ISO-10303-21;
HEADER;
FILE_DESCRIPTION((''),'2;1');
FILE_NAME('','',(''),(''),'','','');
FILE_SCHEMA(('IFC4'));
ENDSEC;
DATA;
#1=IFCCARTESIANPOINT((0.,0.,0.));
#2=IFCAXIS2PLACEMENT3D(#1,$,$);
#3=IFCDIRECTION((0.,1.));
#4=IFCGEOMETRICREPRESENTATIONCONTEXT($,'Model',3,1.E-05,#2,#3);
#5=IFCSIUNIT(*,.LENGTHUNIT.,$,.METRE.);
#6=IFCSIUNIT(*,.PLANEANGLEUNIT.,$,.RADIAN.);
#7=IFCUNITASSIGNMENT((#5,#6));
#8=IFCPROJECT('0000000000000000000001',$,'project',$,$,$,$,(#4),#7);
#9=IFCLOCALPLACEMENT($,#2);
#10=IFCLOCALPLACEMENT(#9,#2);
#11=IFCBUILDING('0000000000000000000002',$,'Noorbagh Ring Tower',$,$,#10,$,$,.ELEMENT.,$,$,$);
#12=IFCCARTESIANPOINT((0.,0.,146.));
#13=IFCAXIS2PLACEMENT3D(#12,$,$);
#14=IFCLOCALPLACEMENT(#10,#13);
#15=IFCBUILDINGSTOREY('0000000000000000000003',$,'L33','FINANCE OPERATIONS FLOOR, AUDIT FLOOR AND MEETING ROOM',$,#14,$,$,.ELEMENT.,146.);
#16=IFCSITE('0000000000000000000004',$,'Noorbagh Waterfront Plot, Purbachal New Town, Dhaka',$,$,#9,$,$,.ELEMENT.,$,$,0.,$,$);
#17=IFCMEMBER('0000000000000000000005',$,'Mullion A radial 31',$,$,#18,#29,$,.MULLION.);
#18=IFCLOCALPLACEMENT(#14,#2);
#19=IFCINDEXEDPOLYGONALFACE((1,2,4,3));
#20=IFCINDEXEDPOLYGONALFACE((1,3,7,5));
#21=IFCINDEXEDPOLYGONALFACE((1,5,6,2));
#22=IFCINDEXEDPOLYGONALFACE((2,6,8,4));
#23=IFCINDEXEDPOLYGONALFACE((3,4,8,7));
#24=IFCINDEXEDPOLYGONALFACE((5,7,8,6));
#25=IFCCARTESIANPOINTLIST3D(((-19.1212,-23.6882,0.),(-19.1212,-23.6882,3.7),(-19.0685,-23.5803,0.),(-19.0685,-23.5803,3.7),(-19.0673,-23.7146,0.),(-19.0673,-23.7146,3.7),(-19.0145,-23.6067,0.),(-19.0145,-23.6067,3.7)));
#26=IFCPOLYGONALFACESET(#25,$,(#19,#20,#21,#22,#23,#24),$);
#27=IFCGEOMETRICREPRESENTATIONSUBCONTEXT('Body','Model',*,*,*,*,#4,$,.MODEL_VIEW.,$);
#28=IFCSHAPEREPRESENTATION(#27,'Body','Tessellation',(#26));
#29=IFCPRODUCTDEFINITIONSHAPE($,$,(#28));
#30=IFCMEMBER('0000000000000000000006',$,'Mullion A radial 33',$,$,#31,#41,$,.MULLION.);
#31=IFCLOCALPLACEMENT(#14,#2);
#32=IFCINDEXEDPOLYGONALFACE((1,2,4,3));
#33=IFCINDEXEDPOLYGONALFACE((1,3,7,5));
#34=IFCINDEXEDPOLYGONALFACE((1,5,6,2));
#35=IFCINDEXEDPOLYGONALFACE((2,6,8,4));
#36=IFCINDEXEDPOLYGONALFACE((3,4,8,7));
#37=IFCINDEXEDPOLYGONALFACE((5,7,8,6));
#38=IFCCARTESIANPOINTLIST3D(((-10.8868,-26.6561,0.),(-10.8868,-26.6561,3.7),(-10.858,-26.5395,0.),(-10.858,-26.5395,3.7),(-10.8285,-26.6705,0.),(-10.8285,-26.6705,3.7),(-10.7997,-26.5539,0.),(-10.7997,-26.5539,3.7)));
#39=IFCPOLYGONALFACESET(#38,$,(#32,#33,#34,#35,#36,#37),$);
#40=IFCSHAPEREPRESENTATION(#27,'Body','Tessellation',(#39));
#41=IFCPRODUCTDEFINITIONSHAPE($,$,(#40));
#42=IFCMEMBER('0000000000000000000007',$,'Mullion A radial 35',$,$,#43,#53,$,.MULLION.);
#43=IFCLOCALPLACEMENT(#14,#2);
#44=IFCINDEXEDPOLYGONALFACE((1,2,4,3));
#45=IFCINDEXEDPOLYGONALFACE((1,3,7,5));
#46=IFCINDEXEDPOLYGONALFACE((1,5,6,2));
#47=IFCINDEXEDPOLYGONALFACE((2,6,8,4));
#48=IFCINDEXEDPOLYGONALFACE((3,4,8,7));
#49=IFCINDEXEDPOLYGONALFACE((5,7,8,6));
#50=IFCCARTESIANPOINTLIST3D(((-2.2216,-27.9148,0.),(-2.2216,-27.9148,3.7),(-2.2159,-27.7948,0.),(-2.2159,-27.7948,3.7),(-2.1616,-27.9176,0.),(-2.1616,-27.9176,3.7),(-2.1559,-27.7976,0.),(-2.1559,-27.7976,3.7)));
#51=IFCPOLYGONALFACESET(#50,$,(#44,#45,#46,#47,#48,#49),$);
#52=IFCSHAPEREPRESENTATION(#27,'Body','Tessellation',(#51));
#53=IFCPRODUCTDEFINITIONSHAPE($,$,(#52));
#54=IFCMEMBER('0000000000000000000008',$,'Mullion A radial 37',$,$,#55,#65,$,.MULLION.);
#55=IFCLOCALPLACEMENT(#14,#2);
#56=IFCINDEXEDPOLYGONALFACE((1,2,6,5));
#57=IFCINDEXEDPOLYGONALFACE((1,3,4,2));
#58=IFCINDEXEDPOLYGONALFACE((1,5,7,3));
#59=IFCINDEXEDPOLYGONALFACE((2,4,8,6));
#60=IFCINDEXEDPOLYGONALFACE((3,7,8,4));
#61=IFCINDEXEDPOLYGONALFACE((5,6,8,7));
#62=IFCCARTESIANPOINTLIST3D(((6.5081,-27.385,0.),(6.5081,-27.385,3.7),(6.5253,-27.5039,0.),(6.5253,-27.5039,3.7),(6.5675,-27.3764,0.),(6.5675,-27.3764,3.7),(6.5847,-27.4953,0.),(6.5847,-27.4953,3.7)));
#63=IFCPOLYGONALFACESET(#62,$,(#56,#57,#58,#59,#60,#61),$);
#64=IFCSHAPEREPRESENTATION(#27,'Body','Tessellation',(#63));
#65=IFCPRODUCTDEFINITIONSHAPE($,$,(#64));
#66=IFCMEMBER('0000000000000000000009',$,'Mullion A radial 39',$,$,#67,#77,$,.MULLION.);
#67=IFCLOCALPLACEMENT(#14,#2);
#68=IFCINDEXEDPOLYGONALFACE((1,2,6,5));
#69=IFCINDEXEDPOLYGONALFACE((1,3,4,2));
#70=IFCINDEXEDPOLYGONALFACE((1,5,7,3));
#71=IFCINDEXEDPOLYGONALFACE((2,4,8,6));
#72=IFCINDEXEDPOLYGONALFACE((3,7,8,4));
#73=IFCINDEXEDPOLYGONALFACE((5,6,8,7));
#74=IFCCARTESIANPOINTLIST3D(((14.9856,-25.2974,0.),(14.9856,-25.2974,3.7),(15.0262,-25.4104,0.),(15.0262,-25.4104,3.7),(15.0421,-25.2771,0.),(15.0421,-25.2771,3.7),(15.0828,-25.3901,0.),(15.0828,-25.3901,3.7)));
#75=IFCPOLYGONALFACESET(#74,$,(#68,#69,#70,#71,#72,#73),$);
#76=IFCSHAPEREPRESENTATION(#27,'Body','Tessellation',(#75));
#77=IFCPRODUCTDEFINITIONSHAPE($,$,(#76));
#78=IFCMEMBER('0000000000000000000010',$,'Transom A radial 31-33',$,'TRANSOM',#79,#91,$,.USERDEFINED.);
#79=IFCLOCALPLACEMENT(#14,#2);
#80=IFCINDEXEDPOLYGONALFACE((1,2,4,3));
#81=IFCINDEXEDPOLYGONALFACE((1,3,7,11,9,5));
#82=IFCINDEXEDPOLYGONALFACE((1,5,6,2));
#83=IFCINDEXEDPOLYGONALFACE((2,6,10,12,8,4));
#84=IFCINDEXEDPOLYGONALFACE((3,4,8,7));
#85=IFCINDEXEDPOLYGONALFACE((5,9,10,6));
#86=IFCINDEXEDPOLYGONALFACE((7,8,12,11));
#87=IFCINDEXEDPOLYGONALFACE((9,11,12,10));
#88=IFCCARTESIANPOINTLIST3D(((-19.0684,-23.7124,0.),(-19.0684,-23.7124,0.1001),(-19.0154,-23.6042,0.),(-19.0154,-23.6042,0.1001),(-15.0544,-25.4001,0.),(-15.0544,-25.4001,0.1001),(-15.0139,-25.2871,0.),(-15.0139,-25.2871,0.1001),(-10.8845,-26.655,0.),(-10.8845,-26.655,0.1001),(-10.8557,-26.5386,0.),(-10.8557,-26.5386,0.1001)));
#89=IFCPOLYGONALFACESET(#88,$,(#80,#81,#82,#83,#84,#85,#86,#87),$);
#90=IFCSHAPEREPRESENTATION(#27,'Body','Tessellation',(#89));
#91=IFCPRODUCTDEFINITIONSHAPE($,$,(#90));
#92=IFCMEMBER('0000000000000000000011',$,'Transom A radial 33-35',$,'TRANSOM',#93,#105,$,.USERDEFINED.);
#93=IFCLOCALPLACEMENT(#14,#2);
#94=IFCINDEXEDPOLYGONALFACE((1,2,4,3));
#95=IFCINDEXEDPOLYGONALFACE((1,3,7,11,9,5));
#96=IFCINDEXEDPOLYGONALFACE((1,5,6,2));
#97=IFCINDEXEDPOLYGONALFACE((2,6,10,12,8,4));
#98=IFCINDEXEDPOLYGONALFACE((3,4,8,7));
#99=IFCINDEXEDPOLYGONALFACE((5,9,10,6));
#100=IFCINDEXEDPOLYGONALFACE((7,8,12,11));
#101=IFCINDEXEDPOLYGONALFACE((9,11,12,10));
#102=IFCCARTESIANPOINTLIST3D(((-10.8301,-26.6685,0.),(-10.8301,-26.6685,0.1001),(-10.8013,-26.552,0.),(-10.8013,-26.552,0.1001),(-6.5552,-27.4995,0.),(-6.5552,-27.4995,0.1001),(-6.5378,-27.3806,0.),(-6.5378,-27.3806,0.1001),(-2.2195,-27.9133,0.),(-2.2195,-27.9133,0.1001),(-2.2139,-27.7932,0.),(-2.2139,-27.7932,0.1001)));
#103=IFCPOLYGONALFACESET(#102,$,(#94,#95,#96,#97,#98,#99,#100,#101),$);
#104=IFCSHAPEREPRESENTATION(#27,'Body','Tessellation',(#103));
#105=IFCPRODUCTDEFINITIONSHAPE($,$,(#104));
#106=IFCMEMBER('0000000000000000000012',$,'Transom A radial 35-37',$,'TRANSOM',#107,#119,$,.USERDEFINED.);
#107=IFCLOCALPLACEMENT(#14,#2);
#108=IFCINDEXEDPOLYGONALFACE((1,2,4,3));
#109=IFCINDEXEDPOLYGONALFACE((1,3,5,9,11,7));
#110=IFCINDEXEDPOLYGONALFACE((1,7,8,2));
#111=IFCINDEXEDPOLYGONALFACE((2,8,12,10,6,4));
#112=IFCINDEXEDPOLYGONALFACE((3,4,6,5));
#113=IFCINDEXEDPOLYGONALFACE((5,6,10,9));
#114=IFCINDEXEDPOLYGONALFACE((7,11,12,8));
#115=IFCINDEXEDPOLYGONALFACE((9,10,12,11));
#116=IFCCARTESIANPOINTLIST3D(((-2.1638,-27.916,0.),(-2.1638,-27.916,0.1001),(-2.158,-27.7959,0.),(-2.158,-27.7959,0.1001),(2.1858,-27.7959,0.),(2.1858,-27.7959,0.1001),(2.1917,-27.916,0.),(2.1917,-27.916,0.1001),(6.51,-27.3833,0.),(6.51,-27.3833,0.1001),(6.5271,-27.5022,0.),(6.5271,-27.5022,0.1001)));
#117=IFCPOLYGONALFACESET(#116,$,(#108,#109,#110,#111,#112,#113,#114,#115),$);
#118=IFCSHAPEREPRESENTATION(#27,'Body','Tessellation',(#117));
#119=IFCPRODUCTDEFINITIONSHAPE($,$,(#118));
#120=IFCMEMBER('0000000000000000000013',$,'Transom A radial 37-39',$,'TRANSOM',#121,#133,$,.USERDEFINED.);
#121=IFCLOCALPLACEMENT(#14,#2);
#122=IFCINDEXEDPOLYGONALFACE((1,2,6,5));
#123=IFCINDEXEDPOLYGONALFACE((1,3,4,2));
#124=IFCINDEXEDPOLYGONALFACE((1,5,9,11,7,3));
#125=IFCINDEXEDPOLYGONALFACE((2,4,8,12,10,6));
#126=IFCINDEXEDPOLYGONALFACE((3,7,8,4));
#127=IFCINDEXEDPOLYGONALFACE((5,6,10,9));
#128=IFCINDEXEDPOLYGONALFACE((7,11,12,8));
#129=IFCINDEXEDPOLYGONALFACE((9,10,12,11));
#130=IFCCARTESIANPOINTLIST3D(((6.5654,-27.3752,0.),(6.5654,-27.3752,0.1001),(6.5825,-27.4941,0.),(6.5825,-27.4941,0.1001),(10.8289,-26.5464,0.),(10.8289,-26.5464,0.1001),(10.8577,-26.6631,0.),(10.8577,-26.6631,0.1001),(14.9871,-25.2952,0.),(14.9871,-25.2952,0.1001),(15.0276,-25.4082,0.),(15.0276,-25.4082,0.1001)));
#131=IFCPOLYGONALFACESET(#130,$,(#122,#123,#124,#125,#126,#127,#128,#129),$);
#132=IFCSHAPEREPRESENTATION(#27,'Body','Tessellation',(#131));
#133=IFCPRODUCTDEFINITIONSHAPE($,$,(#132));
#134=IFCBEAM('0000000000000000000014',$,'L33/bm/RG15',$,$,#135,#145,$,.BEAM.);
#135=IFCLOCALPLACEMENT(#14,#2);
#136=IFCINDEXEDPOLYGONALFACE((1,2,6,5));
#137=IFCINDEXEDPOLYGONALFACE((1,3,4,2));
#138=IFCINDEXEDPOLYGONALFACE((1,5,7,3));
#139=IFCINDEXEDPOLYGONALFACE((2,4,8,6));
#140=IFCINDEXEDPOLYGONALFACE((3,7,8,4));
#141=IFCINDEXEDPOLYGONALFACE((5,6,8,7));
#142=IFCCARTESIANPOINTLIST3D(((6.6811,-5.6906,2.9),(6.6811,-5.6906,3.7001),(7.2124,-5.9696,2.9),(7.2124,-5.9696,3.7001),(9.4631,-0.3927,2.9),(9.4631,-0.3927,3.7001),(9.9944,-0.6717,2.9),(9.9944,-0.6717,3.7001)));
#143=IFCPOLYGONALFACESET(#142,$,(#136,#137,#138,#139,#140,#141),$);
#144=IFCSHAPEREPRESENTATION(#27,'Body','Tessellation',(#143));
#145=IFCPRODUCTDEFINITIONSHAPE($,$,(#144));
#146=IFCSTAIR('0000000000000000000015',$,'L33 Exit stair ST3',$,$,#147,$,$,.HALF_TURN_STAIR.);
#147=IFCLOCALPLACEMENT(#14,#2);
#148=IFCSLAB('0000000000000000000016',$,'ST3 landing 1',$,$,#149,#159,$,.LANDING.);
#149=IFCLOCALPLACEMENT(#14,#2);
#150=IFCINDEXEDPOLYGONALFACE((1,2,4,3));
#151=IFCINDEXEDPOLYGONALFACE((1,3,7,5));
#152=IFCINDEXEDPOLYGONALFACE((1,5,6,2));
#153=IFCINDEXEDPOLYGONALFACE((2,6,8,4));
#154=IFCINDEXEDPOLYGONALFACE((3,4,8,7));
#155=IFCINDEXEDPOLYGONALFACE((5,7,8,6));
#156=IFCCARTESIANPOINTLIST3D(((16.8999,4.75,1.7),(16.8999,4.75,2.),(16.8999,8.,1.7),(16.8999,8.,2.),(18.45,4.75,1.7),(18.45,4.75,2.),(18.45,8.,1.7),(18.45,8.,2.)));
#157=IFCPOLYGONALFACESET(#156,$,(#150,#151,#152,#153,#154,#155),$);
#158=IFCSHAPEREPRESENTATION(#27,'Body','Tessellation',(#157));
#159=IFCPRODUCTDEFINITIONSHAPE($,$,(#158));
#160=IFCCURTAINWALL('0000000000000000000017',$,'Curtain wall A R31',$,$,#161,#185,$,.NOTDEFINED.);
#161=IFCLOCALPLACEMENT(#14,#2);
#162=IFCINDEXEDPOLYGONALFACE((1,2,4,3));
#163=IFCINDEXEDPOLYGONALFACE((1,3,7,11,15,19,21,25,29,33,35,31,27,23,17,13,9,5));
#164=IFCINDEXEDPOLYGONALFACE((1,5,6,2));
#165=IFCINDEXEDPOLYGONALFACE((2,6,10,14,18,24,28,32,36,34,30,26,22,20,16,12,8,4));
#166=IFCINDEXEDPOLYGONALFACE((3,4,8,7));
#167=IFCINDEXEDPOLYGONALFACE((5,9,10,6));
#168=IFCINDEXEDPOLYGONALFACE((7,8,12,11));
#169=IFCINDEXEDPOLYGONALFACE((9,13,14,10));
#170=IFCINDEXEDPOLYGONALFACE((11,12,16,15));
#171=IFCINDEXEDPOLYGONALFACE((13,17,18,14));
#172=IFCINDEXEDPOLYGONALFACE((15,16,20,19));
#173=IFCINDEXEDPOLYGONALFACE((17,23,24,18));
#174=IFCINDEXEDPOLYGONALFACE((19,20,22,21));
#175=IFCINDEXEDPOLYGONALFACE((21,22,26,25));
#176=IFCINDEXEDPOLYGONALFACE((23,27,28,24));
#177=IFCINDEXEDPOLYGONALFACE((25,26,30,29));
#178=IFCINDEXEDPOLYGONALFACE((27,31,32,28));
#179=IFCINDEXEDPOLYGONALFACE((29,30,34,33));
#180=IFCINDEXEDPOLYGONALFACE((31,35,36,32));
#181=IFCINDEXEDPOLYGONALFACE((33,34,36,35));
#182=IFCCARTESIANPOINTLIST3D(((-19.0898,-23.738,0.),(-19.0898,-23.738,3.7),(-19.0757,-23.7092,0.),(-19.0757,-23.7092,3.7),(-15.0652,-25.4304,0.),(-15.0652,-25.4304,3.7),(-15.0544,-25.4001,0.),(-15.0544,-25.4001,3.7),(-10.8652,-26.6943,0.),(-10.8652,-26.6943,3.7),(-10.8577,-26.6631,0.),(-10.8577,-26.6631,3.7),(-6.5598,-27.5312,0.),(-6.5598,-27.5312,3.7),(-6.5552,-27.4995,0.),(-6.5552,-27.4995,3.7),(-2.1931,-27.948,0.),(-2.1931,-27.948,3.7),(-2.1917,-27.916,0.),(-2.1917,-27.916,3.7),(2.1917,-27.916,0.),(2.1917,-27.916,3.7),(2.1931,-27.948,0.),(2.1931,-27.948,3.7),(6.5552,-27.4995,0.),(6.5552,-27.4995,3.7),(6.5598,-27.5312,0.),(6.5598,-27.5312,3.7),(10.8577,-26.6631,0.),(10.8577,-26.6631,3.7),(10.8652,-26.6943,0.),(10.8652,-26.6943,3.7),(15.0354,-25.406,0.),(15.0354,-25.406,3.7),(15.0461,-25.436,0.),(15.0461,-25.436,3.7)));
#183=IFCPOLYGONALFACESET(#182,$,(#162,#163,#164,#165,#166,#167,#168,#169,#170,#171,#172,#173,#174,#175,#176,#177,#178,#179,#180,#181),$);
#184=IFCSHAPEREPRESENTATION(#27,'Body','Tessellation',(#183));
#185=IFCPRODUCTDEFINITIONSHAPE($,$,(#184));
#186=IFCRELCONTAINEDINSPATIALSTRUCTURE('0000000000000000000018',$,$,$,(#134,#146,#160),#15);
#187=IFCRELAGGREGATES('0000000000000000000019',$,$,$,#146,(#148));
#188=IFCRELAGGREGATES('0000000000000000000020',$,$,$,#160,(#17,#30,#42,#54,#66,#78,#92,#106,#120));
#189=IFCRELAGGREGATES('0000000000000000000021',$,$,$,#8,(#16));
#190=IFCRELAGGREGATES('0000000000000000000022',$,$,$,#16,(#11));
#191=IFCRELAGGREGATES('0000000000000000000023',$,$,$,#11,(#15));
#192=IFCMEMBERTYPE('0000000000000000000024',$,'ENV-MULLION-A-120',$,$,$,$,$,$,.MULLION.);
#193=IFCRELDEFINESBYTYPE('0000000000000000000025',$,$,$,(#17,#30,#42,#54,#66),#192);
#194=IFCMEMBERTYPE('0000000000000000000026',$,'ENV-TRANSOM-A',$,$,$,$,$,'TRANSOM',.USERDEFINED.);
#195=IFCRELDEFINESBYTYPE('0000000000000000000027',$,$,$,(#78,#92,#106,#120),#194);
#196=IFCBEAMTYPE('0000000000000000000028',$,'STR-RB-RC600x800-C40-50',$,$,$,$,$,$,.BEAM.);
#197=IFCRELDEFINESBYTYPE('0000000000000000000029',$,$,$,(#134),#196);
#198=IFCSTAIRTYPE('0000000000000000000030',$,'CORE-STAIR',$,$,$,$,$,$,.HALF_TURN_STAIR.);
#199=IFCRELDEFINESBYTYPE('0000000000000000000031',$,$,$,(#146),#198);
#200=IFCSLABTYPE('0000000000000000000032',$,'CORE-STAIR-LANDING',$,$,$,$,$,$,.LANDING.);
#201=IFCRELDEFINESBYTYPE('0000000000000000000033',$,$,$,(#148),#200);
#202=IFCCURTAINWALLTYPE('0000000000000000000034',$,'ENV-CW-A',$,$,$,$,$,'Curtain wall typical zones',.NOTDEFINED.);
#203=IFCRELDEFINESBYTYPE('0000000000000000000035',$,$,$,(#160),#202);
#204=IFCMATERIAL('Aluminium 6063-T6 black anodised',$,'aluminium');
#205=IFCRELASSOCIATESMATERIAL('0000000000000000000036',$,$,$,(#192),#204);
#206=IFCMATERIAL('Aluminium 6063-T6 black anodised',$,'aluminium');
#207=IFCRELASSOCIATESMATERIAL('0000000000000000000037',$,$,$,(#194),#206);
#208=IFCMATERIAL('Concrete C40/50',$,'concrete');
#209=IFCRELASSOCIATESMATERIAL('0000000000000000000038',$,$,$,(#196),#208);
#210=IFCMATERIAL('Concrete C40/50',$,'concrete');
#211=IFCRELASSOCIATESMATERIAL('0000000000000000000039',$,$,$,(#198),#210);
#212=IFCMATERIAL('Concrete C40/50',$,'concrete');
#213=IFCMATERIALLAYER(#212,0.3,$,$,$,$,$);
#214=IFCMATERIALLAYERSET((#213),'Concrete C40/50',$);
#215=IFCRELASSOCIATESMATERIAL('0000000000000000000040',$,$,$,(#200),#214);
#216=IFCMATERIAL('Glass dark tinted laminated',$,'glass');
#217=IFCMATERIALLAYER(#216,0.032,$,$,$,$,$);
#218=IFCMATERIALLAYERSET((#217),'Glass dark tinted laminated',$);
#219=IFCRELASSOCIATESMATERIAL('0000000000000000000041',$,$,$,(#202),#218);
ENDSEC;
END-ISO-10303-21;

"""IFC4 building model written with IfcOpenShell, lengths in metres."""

from ifc_helpers import new_model, si_unit, direction, frame, origin, origin_2d, place, context, subcontext, project, spatial, polyline, rectangle, outline, extrude, material, layer, layer_set, material_profile, profile_set, type_object, element, aggregate, save


model = new_model("IFC4")

# Units and contexts
model_context = context("Model", 3, precision=1e-05, world=origin(), true_north=direction((0.0, 1.0)))
body_context = subcontext(model_context, "Body", "Model", "MODEL_VIEW")
ifc_project = project(units=[si_unit("LENGTHUNIT", "METRE"), si_unit("PLANEANGLEUNIT", "RADIAN")], contexts=[model_context])

# Members
ifc_material_1 = material(Name="Aluminium 6063-T6 black anodised", Category="aluminium")
ifc_material_profile_1 = material_profile(ifc_material_1, rectangle(XDim=0.1201, YDim=0.0601, at=origin_2d()), Name="120x60")
ifc_profile_set_1 = profile_set([ifc_material_profile_1], Name="Aluminium 6063-T6 black anodised")
member_type_1 = type_object("IfcMemberType", Name="ENV-MULLION-A-120", PredefinedType="MULLION", material=ifc_profile_set_1)
site_placement = place(None, origin())
building_placement = place(site_placement, origin())
storey_placement = place(building_placement, frame((0.0, 0.0, 146.0)))
member_1_placement = place(storey_placement, frame((-19.0679, -23.6475, 0.0), z_axis=(0.0, 0.0, 1.0), x_axis=(0.439238, 0.898371, 0.0)))
member_1 = element("IfcMember", 1, at=member_1_placement, type_object=member_type_1, Name="Mullion A radial 31", PredefinedType="MULLION", context=body_context, shape_type="SweptSolid", body=[
    extrude(rectangle(XDim=0.1201, YDim=0.0601, at=origin_2d()), origin(), (0.0, 0.0, 1.0), 3.7),
])
member_2_placement = place(storey_placement, frame((-10.8433, -26.605, 0.0), z_axis=(0.0, 0.0, 1.0), x_axis=(0.239799, 0.970823, 0.0)))
member_2 = element("IfcMember", 2, at=member_2_placement, type_object=member_type_1, Name="Mullion A radial 33", PredefinedType="MULLION", context=body_context, shape_type="SweptSolid", body=[
    extrude(rectangle(XDim=0.1201, YDim=0.0601, at=origin_2d()), origin(), (0.0, 0.0, 1.0), 3.7),
])
member_3_placement = place(storey_placement, frame((-2.1887, -27.8562, 0.0), z_axis=(0.0, 0.0, 1.0), x_axis=(0.047558, 0.998868, 0.0)))
member_3 = element("IfcMember", 3, at=member_3_placement, type_object=member_type_1, Name="Mullion A radial 35", PredefinedType="MULLION", context=body_context, shape_type="SweptSolid", body=[
    extrude(rectangle(XDim=0.1201, YDim=0.0601, at=origin_2d()), origin(), (0.0, 0.0, 1.0), 3.7),
])
member_4_placement = place(storey_placement, frame((6.5464, -27.4402, 0.0), z_axis=(0.0, 0.0, 1.0), x_axis=(-0.143082, 0.989711, 0.0)))
member_4 = element("IfcMember", 4, at=member_4_placement, type_object=member_type_1, Name="Mullion A radial 37", PredefinedType="MULLION", context=body_context, shape_type="SweptSolid", body=[
    extrude(rectangle(XDim=0.1201, YDim=0.0601, at=origin_2d()), origin(), (0.0, 0.0, 1.0), 3.7),
])
member_5_placement = place(storey_placement, frame((15.0342, -25.3438, 0.0), z_axis=(0.0, 0.0, 1.0), x_axis=(-0.338379, 0.94101, 0.0)))
member_5 = element("IfcMember", 5, at=member_5_placement, type_object=member_type_1, Name="Mullion A radial 39", PredefinedType="MULLION", context=body_context, shape_type="SweptSolid", body=[
    extrude(rectangle(XDim=0.1201, YDim=0.0601, at=origin_2d()), origin(), (0.0, 0.0, 1.0), 3.7),
])
ifc_material_2 = material(Name="Aluminium 6063-T6 black anodised", Category="aluminium")
member_type_2 = type_object("IfcMemberType", Name="ENV-TRANSOM-A", ElementType="TRANSOM", PredefinedType="USERDEFINED", material=ifc_material_2)
member_6_placement = place(storey_placement, origin())
member_6 = element("IfcMember", 6, at=member_6_placement, type_object=member_type_2, Name="Transom A radial 31-33", ObjectType="TRANSOM", PredefinedType="USERDEFINED", context=body_context, shape_type="SweptSolid", body=[
    extrude(outline(polyline([(-19.0684, -23.7124), (-15.0544, -25.4001), (-10.8845, -26.655), (-10.8557, -26.5386), (-15.0139, -25.2871), (-19.0154, -23.6042), (-19.0684, -23.7124)])), origin(), (0.0, 0.0, 1.0), 0.1001),
])
member_7_placement = place(storey_placement, origin())
member_7 = element("IfcMember", 7, at=member_7_placement, type_object=member_type_2, Name="Transom A radial 33-35", ObjectType="TRANSOM", PredefinedType="USERDEFINED", context=body_context, shape_type="SweptSolid", body=[
    extrude(outline(polyline([(-10.8301, -26.6685), (-6.5552, -27.4995), (-2.2195, -27.9133), (-2.2139, -27.7932), (-6.5378, -27.3806), (-10.8013, -26.552), (-10.8301, -26.6685)])), origin(), (0.0, 0.0, 1.0), 0.1001),
])
member_8_placement = place(storey_placement, origin())
member_8 = element("IfcMember", 8, at=member_8_placement, type_object=member_type_2, Name="Transom A radial 35-37", ObjectType="TRANSOM", PredefinedType="USERDEFINED", context=body_context, shape_type="SweptSolid", body=[
    extrude(outline(polyline([(-2.1638, -27.916), (2.1917, -27.916), (6.5271, -27.5022), (6.51, -27.3833), (2.1858, -27.7959), (-2.158, -27.7959), (-2.1638, -27.916)])), origin(), (0.0, 0.0, 1.0), 0.1001),
])
member_9_placement = place(storey_placement, origin())
member_9 = element("IfcMember", 9, at=member_9_placement, type_object=member_type_2, Name="Transom A radial 37-39", ObjectType="TRANSOM", PredefinedType="USERDEFINED", context=body_context, shape_type="SweptSolid", body=[
    extrude(outline(polyline([(6.5825, -27.4941), (10.8577, -26.6631), (15.0276, -25.4082), (14.9871, -25.2952), (10.8289, -26.5464), (6.5654, -27.3752), (6.5825, -27.4941)])), origin(), (0.0, 0.0, 1.0), 0.1001),
])

# Site, building, storey
site = spatial("IfcSite", under=ifc_project, at=site_placement, Name="Noorbagh Waterfront Plot, Purbachal New Town, Dhaka", CompositionType="ELEMENT", RefElevation=0.0)
building = spatial("IfcBuilding", under=site, at=building_placement, Name="Noorbagh Ring Tower", CompositionType="ELEMENT")
storey = spatial("IfcBuildingStorey", under=building, at=storey_placement, Name="L33", Description="FINANCE OPERATIONS FLOOR, AUDIT FLOOR AND MEETING ROOM", CompositionType="ELEMENT", Elevation=146.0)

# Beam
ifc_material_3 = material(Name="Concrete C40/50", Category="concrete")
ifc_material_profile_2 = material_profile(ifc_material_3, rectangle(XDim=0.6001, YDim=0.8, at=origin_2d()), Name="RC600x800")
ifc_profile_set_2 = profile_set([ifc_material_profile_2], Name="Concrete C40/50")
beam_type = type_object("IfcBeamType", Name="STR-RB-RC600x800-C40-50", PredefinedType="BEAM", material=ifc_profile_set_2)
beam_placement = place(storey_placement, frame((6.9468, -5.8301, 3.3), z_axis=(0.464914, 0.885356, 0.0), x_axis=(-0.885356, 0.464914, 0.0)))
element("IfcBeam", 10, at=beam_placement, inside=storey, type_object=beam_type, Name="L33/bm/RG15", PredefinedType="BEAM", context=body_context, shape_type="SweptSolid", body=[
    extrude(rectangle(XDim=0.6001, YDim=0.8, at=origin_2d()), origin(), (0.0, 0.0, 1.0), 5.9839),
])

# Stair, slab
ifc_material_4 = material(Name="Concrete C40/50", Category="concrete")
stair_type = type_object("IfcStairType", Name="CORE-STAIR", PredefinedType="HALF_TURN_STAIR", material=ifc_material_4)
stair_1_placement = place(storey_placement, origin())
stair_1 = element("IfcStair", 11, at=stair_1_placement, inside=storey, type_object=stair_type, Name="L33 Exit stair ST3", PredefinedType="HALF_TURN_STAIR")
ifc_material_5 = material(Name="Concrete C40/50", Category="concrete")
ifc_layer_1 = layer(ifc_material_5, 0.3)
ifc_layer_set_1 = layer_set([ifc_layer_1], Name="Concrete C40/50")
slab_type = type_object("IfcSlabType", Name="CORE-STAIR-LANDING", PredefinedType="LANDING", material=ifc_layer_set_1)
slab_1_placement = place(storey_placement, frame((0.0, 0.0, 1.7)))
slab_1 = element("IfcSlab", 12, at=slab_1_placement, type_object=slab_type, Name="ST3 landing 1", PredefinedType="LANDING", context=body_context, shape_type="SweptSolid", body=[
    extrude(outline(polyline([(18.45, 8.0), (16.8999, 8.0), (16.8999, 4.75), (18.45, 4.75), (18.45, 8.0)])), origin(), (0.0, 0.0, 1.0), 0.3),
])
aggregate(stair_1, [slab_1])

# Curtain wall
ifc_material_6 = material(Name="Glass dark tinted laminated", Category="glass")
ifc_layer_2 = layer(ifc_material_6, 0.032)
ifc_layer_set_2 = layer_set([ifc_layer_2], Name="Glass dark tinted laminated")
curtain_wall_type = type_object("IfcCurtainWallType", Name="ENV-CW-A", ElementType="Curtain wall typical zones", PredefinedType="NOTDEFINED", material=ifc_layer_set_2)
curtain_wall_1_placement = place(storey_placement, origin())
curtain_wall_1 = element("IfcCurtainWall", 13, at=curtain_wall_1_placement, inside=storey, type_object=curtain_wall_type, Name="Curtain wall A R31", PredefinedType="NOTDEFINED", context=body_context, shape_type="SweptSolid", body=[
    extrude(outline(polyline([(-19.0898, -23.738), (-15.0652, -25.4304), (-10.8652, -26.6943), (-6.5598, -27.5312), (-2.1931, -27.948), (2.1931, -27.948), (6.5598, -27.5312), (10.8652, -26.6943), (15.0461, -25.436), (15.0354, -25.406), (10.8577, -26.6631), (6.5552, -27.4995), (2.1917, -27.916), (-2.1917, -27.916), (-6.5552, -27.4995), (-10.8577, -26.6631), (-15.0544, -25.4001), (-19.0757, -23.7092), (-19.0898, -23.738)])), origin(), (0.0, 0.0, 1.0), 3.7),
])
aggregate(curtain_wall_1, [member_1, member_2, member_3, member_4, member_5, member_6, member_7, member_8, member_9])

save(model, "model.ifc")
